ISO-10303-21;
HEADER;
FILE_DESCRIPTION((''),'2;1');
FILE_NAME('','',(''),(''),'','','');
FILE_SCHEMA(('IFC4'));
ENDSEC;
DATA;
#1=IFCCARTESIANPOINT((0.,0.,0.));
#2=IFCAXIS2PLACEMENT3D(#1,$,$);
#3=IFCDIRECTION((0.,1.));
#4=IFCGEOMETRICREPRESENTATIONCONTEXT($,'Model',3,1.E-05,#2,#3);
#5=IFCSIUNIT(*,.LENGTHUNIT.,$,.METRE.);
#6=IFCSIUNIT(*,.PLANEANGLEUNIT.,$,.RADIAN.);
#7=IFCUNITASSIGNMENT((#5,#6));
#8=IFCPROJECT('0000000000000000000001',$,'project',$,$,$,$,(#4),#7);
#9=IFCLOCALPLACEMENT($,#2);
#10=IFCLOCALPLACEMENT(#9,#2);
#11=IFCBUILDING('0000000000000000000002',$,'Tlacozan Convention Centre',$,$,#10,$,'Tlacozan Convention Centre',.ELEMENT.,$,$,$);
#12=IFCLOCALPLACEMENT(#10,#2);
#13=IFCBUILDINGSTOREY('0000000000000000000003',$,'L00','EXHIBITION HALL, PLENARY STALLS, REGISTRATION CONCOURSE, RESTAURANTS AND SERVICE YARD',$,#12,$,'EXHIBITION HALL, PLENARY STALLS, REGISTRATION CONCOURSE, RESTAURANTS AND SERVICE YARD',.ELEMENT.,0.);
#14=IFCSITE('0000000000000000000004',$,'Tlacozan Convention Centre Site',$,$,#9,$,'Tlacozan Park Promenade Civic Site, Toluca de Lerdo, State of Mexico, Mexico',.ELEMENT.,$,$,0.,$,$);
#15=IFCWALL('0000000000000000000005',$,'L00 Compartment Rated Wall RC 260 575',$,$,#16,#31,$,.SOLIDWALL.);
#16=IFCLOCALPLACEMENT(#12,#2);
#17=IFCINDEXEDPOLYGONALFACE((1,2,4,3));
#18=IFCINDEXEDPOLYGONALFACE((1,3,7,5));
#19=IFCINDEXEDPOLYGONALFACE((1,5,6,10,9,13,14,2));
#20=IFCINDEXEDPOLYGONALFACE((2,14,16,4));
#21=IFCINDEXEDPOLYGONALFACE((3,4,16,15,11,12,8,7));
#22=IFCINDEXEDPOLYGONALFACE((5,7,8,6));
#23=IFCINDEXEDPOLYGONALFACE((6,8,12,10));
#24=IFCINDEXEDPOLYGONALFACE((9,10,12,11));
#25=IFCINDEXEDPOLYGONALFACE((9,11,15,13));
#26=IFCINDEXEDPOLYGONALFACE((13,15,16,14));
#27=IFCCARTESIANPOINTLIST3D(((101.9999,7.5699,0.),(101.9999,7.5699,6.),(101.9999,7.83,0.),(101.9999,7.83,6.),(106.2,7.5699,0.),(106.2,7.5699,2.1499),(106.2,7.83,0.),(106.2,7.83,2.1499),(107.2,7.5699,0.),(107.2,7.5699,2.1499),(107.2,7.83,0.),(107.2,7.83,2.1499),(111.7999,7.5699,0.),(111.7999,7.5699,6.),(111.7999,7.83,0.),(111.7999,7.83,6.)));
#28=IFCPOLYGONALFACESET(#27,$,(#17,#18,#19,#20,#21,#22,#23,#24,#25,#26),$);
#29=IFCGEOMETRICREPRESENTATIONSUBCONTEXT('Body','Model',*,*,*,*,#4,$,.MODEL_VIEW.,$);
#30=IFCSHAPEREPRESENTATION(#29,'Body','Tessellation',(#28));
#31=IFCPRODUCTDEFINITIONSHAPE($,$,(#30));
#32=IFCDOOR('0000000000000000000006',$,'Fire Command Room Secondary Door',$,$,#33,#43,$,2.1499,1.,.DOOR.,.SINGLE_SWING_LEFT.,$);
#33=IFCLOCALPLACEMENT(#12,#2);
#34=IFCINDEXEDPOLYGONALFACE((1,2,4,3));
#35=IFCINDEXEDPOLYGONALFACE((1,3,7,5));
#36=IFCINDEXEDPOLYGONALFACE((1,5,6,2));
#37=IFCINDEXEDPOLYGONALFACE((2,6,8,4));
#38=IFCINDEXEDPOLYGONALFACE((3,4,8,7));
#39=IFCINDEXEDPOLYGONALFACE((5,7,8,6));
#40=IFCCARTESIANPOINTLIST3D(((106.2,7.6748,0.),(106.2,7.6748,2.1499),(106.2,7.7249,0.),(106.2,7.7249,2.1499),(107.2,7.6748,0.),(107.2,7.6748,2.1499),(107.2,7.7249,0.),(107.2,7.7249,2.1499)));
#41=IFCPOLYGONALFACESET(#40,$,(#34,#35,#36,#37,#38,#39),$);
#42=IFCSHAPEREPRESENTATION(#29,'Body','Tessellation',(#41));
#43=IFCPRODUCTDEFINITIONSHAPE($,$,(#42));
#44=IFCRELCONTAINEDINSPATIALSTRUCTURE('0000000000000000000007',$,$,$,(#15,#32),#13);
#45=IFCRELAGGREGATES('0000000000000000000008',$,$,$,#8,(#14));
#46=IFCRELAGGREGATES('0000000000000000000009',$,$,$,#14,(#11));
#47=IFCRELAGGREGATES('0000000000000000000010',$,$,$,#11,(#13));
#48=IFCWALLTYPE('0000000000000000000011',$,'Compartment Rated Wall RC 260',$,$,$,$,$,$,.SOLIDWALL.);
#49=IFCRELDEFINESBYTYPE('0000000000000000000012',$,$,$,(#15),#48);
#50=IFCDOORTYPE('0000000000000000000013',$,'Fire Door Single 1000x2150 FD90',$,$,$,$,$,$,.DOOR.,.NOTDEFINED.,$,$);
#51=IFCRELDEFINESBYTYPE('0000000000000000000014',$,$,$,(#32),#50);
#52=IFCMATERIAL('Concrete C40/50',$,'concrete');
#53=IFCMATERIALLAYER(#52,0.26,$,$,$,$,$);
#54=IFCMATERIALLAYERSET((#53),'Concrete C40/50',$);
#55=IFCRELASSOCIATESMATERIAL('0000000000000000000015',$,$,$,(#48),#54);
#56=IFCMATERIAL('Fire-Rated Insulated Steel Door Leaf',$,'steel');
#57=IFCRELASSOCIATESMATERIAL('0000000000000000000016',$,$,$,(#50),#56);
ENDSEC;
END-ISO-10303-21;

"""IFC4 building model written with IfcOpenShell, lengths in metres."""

from ifc_helpers import new_model, si_unit, direction, frame, frame_2d, origin, place, context, subcontext, project, spatial, rectangle, extrude, material, layer, layer_set, type_object, element, fill, save


model = new_model("IFC4")

# Units and contexts
model_context = context("Model", 3, precision=1e-05, world=origin(), true_north=direction((0.0, 1.0)))
body_context = subcontext(model_context, "Body", "Model", "MODEL_VIEW")
ifc_project = project(units=[si_unit("LENGTHUNIT", "METRE"), si_unit("PLANEANGLEUNIT", "RADIAN")], contexts=[model_context])

# Site, building, storey
site_placement = place(None, origin())
site = spatial("IfcSite", under=ifc_project, at=site_placement, Name="Tlacozan Convention Centre Site", LongName="Tlacozan Park Promenade Civic Site, Toluca de Lerdo, State of Mexico, Mexico", CompositionType="ELEMENT", RefElevation=0.0)
building_placement = place(site_placement, origin())
building = spatial("IfcBuilding", under=site, at=building_placement, Name="Tlacozan Convention Centre", LongName="Tlacozan Convention Centre", CompositionType="ELEMENT")
storey_placement = place(building_placement, origin())
storey = spatial("IfcBuildingStorey", under=building, at=storey_placement, Name="L00", Description="EXHIBITION HALL, PLENARY STALLS, REGISTRATION CONCOURSE, RESTAURANTS AND SERVICE YARD", LongName="EXHIBITION HALL, PLENARY STALLS, REGISTRATION CONCOURSE, RESTAURANTS AND SERVICE YARD", CompositionType="ELEMENT", Elevation=0.0)

# Shared definitions
ifc_material_1 = material(Name="Concrete C40/50", Category="concrete")

# Wall, opening, door
ifc_layer_1 = layer(ifc_material_1, 0.26)
ifc_layer_set_1 = layer_set([ifc_layer_1], Name="Concrete C40/50")
wall_type_1 = type_object("IfcWallType", Name="Compartment Rated Wall RC 260", PredefinedType="SOLIDWALL", material=ifc_layer_set_1)
ifc_material_2 = material(Name="Fire-Rated Insulated Steel Door Leaf", Category="steel")
door_type_1 = type_object("IfcDoorType", Name="Fire Door Single 1000x2150 FD90", OperationType="NOTDEFINED", PredefinedType="DOOR", material=ifc_material_2)
wall_1_placement = place(storey_placement, frame((102.0, 7.7, 0.0), z_axis=(0.0, 0.0, 1.0), x_axis=(1.0, 0.0, 0.0)))
wall_1 = element("IfcWall", 1, at=wall_1_placement, inside=storey, type_object=wall_type_1, Name="L00 Compartment Rated Wall RC 260 575", PredefinedType="SOLIDWALL", context=body_context, shape_type="SweptSolid", body=[
    extrude(rectangle(XDim=9.8, YDim=0.26, at=frame_2d((4.8999, 0.0))), origin(), (0.0, 0.0, 1.0), 6.0),
])
opening_1_placement = place(wall_1_placement, frame((4.2, 0.0, 0.0)))
opening_1 = element("IfcOpeningElement", 2, at=opening_1_placement, cuts=wall_1, PredefinedType="OPENING", context=body_context, shape_type="SweptSolid", body=[
    extrude(rectangle(XDim=1.0, YDim=2.1499, at=frame_2d((0.5, 1.075))), frame((0.0, 0.1399, 0.0), z_axis=(0.0, -1.0, 0.0), x_axis=(1.0, 0.0, 0.0)), (0.0, 0.0, 1.0), 0.28),
])
door_1_placement = place(opening_1_placement, origin())
door_1 = element("IfcDoor", 3, at=door_1_placement, inside=storey, type_object=door_type_1, Name="Fire Command Room Secondary Door", OperationType="SINGLE_SWING_LEFT", OverallHeight=2.1499, OverallWidth=1.0, PredefinedType="DOOR", context=body_context, shape_type="SweptSolid", body=[
    extrude(rectangle(XDim=1.0, YDim=2.1499, at=frame_2d((0.5, 1.075))), frame((0.0, 0.0249, 0.0), z_axis=(0.0, -1.0, 0.0), x_axis=(1.0, 0.0, 0.0)), (0.0, 0.0, 1.0), 0.05),
])
fill(opening_1, door_1)

save(model, "model.ifc")
